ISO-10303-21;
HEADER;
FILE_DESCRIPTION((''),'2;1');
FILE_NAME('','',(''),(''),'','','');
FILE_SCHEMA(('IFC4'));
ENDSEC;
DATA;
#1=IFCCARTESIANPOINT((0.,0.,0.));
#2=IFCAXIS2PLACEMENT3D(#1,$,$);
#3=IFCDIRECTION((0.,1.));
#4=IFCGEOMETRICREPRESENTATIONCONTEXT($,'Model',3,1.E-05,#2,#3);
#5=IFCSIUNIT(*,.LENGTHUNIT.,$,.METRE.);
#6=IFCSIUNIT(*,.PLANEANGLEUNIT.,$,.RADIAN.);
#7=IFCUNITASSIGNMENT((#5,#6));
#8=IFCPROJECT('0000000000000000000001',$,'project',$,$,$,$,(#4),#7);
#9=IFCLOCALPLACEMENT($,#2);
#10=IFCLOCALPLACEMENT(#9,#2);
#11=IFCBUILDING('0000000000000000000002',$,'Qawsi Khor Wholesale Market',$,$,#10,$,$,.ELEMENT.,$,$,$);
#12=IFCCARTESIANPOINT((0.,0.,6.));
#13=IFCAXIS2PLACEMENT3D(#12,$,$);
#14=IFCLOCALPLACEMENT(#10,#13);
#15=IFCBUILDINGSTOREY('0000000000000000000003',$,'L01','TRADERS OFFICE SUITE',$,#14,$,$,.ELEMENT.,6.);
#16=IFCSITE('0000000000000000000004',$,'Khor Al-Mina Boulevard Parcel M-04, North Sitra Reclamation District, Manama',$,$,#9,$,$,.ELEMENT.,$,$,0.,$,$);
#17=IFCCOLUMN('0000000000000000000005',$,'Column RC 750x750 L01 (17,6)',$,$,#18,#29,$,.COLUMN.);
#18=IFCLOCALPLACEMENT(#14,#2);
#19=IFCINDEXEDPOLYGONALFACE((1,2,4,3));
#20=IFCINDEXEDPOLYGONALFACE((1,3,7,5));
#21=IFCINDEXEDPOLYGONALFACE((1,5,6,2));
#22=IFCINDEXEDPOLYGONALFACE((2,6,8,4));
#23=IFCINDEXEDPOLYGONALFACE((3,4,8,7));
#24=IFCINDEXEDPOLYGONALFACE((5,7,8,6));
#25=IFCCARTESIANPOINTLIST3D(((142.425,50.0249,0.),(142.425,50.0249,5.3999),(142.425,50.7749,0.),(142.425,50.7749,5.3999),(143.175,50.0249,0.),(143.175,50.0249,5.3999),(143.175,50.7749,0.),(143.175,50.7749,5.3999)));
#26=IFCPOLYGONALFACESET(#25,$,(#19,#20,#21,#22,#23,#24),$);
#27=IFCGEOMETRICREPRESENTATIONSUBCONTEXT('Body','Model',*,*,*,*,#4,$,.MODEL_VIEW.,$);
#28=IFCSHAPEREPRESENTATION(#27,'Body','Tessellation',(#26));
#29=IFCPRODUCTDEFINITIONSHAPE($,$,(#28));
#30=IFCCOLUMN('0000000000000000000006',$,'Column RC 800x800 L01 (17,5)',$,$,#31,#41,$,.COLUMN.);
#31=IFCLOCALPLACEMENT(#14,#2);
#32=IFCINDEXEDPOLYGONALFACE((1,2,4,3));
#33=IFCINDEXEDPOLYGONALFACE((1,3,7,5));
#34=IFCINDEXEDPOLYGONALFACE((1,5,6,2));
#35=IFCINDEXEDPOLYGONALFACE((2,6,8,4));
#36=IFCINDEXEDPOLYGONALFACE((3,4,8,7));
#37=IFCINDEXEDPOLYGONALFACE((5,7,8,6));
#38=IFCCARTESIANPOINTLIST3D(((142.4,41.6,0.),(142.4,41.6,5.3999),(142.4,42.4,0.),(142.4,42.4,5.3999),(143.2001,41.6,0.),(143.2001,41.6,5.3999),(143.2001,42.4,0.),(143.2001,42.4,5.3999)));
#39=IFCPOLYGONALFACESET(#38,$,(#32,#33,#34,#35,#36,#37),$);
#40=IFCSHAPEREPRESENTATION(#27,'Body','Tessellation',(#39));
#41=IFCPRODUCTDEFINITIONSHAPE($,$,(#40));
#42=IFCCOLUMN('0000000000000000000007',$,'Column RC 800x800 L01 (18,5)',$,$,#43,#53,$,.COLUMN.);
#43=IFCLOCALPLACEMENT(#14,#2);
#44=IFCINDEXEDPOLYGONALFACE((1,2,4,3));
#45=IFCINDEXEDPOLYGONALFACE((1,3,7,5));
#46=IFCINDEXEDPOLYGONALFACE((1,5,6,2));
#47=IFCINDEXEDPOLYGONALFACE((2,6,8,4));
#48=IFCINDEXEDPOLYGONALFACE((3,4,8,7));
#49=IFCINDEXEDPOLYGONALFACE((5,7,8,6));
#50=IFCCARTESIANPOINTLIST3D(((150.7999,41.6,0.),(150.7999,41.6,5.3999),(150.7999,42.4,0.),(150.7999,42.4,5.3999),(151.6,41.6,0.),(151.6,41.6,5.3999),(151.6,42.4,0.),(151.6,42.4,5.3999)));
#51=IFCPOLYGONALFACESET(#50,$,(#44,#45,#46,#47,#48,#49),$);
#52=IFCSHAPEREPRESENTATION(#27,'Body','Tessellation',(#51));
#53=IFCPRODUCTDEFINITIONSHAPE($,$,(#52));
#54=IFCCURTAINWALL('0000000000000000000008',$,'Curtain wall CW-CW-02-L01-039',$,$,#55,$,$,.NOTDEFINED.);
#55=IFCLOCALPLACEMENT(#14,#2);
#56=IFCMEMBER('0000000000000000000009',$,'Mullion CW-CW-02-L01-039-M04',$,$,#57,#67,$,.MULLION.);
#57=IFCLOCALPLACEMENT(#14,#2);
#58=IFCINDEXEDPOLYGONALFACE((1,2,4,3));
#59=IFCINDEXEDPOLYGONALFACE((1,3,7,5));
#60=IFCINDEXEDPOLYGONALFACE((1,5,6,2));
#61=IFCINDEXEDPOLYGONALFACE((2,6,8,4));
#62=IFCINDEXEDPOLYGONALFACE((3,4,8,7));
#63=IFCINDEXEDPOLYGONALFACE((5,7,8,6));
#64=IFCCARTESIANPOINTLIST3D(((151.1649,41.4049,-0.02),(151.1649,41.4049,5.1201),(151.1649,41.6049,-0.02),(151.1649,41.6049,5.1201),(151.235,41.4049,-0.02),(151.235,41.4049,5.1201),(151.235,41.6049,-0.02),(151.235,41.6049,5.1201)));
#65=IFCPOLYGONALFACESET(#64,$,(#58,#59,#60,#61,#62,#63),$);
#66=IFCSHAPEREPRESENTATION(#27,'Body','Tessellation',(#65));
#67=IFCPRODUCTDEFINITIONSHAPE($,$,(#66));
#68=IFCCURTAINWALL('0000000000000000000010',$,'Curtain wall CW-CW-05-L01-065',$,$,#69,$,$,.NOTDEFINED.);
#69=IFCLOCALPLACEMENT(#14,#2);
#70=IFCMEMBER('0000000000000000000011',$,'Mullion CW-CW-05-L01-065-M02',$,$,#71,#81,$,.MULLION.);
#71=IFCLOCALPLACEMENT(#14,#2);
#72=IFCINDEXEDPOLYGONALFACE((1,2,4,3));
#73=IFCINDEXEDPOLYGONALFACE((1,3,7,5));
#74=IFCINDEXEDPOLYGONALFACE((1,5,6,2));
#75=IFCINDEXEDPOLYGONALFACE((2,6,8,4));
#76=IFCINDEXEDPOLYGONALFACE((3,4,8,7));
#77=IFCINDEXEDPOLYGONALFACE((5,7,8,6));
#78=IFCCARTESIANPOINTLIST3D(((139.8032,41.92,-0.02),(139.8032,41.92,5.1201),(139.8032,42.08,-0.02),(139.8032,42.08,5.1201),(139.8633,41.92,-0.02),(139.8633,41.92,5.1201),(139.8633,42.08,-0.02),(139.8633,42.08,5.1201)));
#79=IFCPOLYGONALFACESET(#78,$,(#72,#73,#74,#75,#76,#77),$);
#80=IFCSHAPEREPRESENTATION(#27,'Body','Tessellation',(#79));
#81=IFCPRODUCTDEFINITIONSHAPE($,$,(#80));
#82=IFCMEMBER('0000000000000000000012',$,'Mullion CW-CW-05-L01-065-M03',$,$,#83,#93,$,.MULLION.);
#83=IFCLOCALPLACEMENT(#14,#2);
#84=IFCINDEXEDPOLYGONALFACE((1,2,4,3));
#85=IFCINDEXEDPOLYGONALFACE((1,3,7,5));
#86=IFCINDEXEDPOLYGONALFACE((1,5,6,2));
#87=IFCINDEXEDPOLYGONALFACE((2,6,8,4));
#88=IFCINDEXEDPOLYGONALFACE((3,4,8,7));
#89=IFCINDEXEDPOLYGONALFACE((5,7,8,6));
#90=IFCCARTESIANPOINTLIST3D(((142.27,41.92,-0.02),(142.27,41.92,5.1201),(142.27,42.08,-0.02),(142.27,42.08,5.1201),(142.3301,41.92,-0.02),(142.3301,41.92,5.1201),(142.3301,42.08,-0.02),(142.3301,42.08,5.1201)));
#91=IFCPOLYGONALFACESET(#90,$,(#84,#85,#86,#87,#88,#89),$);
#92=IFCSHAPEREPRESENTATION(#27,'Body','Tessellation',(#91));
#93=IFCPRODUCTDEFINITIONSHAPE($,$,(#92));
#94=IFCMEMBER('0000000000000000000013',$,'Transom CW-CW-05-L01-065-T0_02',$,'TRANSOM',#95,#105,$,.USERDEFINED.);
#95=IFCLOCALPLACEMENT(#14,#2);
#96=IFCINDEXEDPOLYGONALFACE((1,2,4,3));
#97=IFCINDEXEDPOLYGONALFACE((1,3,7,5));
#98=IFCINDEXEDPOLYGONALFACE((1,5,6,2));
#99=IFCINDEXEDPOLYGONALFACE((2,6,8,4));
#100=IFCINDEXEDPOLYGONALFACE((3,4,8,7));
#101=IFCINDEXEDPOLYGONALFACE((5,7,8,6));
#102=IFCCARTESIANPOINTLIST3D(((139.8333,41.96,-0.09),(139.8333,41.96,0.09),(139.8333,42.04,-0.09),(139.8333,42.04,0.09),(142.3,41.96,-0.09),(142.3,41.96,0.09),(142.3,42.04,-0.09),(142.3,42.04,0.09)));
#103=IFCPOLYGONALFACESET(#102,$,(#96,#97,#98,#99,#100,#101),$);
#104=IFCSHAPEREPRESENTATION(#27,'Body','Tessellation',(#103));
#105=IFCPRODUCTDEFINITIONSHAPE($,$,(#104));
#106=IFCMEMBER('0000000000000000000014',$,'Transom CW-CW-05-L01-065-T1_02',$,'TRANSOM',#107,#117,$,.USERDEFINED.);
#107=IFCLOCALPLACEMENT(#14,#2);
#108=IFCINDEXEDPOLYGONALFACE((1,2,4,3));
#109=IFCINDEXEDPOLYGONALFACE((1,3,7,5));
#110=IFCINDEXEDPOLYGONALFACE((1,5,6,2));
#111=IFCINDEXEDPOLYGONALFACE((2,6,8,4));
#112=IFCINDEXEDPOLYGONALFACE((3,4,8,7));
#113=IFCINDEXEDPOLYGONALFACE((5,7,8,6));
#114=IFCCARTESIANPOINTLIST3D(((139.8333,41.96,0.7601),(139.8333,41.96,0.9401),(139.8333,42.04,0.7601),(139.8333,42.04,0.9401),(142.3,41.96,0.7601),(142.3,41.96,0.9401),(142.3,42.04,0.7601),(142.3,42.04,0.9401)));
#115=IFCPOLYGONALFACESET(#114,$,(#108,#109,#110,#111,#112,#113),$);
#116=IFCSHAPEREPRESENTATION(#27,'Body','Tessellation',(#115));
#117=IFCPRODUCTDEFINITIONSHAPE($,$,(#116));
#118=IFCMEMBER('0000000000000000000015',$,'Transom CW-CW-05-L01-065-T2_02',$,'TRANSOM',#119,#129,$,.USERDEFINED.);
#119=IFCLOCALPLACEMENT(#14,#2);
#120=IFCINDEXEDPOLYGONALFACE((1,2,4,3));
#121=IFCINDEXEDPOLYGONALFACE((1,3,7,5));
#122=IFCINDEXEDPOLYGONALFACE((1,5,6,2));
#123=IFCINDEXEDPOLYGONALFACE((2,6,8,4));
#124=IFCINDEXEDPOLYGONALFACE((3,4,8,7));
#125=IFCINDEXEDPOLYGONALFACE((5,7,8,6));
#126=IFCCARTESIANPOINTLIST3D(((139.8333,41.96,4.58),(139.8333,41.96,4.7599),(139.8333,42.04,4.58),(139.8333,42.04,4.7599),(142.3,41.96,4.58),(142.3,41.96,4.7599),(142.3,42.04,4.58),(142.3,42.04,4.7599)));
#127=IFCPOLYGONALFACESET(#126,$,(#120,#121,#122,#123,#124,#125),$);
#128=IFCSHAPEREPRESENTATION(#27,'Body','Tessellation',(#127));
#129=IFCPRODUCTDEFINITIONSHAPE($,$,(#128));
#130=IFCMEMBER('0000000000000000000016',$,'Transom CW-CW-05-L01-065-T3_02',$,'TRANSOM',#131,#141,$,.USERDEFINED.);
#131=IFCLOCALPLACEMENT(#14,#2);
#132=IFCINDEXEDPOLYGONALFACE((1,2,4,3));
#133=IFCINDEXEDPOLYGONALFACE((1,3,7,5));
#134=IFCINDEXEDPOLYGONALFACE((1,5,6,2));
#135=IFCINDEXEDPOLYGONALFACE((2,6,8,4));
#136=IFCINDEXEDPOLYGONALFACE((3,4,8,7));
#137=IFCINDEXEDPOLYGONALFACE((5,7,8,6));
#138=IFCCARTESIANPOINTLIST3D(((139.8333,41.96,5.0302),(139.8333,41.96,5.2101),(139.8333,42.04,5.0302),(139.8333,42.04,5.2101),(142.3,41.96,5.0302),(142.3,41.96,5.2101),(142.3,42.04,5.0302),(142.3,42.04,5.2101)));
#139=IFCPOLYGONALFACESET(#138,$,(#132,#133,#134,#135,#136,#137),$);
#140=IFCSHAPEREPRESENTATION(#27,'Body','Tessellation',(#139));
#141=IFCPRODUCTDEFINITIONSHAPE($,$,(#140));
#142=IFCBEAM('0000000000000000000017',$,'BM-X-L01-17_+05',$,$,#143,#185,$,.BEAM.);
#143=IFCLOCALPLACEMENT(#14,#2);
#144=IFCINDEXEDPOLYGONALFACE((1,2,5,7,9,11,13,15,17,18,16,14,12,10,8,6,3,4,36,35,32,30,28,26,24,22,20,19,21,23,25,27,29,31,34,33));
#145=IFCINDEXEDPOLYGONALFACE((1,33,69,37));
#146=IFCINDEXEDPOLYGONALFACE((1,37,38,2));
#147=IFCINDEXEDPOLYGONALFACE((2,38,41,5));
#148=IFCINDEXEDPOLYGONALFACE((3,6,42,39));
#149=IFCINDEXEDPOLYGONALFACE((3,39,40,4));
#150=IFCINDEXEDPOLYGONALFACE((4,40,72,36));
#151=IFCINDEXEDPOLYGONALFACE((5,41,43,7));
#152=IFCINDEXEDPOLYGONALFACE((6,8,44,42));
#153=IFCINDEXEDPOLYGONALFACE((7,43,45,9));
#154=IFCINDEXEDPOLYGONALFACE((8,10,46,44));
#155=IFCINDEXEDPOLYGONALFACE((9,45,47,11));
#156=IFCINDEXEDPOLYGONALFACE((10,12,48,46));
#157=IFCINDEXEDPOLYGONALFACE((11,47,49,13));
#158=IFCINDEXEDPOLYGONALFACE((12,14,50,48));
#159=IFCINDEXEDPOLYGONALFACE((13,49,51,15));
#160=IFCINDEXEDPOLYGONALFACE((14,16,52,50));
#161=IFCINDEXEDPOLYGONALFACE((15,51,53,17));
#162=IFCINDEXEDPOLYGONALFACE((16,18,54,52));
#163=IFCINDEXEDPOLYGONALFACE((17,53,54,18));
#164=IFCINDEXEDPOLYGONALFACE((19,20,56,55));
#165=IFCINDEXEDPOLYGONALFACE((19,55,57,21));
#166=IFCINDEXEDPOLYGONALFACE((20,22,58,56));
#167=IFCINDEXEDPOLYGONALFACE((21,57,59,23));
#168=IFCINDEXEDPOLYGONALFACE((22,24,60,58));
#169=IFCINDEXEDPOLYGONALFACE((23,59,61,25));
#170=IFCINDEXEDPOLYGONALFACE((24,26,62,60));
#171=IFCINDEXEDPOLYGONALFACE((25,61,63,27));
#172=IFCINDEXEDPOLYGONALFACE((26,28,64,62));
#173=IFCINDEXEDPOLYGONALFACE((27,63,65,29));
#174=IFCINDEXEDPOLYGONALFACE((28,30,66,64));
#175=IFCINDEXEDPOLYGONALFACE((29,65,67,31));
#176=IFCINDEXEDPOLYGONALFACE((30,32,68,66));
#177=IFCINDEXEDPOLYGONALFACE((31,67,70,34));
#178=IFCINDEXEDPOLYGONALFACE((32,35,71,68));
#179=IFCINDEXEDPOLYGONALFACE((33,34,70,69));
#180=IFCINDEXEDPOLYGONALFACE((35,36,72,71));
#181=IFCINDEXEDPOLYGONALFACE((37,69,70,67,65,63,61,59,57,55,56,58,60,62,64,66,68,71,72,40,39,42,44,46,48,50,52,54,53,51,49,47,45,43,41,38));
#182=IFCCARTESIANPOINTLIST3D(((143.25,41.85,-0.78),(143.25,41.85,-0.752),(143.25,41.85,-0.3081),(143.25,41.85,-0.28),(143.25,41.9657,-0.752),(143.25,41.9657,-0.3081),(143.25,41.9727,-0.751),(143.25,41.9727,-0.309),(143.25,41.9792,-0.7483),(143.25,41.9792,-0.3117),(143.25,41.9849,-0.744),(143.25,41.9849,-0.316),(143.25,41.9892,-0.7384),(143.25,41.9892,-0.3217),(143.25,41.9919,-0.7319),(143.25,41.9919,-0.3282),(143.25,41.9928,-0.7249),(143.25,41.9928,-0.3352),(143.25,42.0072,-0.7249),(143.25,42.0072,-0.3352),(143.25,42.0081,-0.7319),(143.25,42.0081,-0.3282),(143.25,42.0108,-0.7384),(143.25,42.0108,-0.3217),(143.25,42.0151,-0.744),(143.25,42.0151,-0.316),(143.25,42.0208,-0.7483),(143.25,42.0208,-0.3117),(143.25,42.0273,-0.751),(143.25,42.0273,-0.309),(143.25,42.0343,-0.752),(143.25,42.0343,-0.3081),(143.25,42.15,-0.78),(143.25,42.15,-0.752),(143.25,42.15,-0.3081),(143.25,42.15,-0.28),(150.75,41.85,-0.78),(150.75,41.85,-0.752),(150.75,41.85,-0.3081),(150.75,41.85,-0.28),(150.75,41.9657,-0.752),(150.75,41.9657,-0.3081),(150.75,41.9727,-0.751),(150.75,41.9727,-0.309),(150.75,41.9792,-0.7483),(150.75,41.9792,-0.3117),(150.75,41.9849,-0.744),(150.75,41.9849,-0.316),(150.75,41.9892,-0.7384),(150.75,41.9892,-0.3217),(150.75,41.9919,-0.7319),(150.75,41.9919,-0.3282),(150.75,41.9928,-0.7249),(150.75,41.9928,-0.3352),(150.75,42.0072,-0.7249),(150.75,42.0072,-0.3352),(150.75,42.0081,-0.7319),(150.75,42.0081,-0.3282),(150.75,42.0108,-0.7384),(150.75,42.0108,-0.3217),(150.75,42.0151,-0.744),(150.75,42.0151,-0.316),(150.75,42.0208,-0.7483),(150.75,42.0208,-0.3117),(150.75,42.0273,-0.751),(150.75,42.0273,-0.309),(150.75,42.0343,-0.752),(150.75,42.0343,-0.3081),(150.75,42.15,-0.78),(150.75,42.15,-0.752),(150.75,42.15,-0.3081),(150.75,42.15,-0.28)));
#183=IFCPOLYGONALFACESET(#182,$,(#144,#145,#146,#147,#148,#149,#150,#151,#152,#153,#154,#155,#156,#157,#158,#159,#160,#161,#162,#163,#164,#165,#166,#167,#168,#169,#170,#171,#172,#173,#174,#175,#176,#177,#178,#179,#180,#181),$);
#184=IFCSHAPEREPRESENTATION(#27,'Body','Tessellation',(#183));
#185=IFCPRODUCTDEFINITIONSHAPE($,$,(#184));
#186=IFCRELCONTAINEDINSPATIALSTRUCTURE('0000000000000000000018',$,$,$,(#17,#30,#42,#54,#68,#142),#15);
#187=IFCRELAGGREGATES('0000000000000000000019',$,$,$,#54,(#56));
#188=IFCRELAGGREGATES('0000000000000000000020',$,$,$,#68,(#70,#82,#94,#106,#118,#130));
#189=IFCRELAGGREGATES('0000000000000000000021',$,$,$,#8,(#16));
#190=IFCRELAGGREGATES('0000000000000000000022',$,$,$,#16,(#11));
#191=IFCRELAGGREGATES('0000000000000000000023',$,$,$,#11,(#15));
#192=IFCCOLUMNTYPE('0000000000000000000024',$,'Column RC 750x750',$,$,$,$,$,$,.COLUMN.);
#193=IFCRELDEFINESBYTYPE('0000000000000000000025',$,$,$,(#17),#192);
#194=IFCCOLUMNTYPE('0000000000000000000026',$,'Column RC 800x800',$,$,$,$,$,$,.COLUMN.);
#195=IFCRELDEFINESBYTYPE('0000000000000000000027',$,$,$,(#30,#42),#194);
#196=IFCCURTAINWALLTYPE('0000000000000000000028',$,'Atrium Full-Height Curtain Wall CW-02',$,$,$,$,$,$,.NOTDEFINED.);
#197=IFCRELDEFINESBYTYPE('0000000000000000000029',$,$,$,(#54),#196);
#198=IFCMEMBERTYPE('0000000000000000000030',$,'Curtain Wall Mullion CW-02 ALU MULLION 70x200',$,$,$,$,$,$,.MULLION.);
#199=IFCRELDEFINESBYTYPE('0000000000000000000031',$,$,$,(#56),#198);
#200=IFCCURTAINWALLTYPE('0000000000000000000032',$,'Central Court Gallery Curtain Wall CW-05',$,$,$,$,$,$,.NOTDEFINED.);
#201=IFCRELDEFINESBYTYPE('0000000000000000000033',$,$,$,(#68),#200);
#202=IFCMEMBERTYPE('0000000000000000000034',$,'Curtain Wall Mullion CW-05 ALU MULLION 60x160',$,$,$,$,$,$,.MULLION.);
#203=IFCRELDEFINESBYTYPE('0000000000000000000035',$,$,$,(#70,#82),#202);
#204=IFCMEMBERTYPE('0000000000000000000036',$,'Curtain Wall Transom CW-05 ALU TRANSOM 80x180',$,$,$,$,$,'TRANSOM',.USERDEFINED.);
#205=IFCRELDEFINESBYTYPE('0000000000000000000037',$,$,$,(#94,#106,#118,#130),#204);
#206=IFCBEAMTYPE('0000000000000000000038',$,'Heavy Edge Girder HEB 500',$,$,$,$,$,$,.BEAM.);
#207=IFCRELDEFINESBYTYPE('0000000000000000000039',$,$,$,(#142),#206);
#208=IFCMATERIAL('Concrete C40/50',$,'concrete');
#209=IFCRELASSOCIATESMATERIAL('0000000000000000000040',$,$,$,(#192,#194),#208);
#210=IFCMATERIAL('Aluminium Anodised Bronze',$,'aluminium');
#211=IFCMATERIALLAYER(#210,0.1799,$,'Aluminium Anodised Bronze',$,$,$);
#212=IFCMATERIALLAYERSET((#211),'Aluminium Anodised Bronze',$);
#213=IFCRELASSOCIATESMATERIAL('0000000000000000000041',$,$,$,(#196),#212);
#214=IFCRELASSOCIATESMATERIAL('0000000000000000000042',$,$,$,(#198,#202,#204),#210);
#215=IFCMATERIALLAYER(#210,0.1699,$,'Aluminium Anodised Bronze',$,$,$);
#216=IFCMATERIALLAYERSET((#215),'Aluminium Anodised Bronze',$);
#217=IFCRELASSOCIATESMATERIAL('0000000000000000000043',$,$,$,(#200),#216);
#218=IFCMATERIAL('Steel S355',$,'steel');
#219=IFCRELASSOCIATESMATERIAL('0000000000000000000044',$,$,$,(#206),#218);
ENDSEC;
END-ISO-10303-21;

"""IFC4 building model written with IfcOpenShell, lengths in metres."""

from ifc_helpers import new_model, si_unit, direction, frame, origin, origin_2d, place, context, subcontext, project, spatial, rectangle, i_section, extrude, material, layer, layer_set, material_profile, profile_set, type_object, element, aggregate, save


model = new_model("IFC4")

# Units and contexts
model_context = context("Model", 3, precision=1e-05, world=origin(), true_north=direction((0.0, 1.0)))
body_context = subcontext(model_context, "Body", "Model", "MODEL_VIEW")
ifc_project = project(units=[si_unit("LENGTHUNIT", "METRE"), si_unit("PLANEANGLEUNIT", "RADIAN")], contexts=[model_context])

# Site, building, storey
site_placement = place(None, origin())
site = spatial("IfcSite", under=ifc_project, at=site_placement, Name="Khor Al-Mina Boulevard Parcel M-04, North Sitra Reclamation District, Manama", CompositionType="ELEMENT", RefElevation=0.0)
building_placement = place(site_placement, origin())
building = spatial("IfcBuilding", under=site, at=building_placement, Name="Qawsi Khor Wholesale Market", CompositionType="ELEMENT")
storey_placement = place(building_placement, frame((0.0, 0.0, 6.0)))
storey = spatial("IfcBuildingStorey", under=building, at=storey_placement, Name="L01", Description="TRADERS OFFICE SUITE", CompositionType="ELEMENT", Elevation=6.0)

# Columns
ifc_material_1 = material(Name="Concrete C40/50", Category="concrete")
ifc_material_profile_1 = material_profile(ifc_material_1, rectangle(XDim=0.75, YDim=0.75, at=origin_2d()), Name="RC 750x750")
ifc_profile_set_1 = profile_set([ifc_material_profile_1], Name="Concrete C40/50")
column_type_1 = type_object("IfcColumnType", Name="Column RC 750x750", PredefinedType="COLUMN", material=ifc_profile_set_1)
column_placement = place(storey_placement, frame((142.8, 50.3999, 0.0), z_axis=(0.0, 0.0, 1.0), x_axis=(1.0, 0.0, 0.0)))
element("IfcColumn", 1, at=column_placement, inside=storey, type_object=column_type_1, Name="Column RC 750x750 L01 (17,6)", PredefinedType="COLUMN", context=body_context, shape_type="SweptSolid", body=[
    extrude(rectangle(XDim=0.75, YDim=0.75, at=origin_2d()), origin(), (0.0, 0.0, 1.0), 5.3999),
])
ifc_material_profile_2 = material_profile(ifc_material_1, rectangle(XDim=0.8, YDim=0.8, at=origin_2d()), Name="RC 800x800")
ifc_profile_set_2 = profile_set([ifc_material_profile_2], Name="Concrete C40/50")
column_type_2 = type_object("IfcColumnType", Name="Column RC 800x800", PredefinedType="COLUMN", material=ifc_profile_set_2)
for number, where, z_axis, x_axis, name in (
    (2, (142.8, 42.0, 0.0), (0.0, 0.0, 1.0), (1.0, 0.0, 0.0), "Column RC 800x800 L01 (17,5)"),
    (3, (151.2, 42.0, 0.0), (0.0, 0.0, 1.0), (1.0, 0.0, 0.0), "Column RC 800x800 L01 (18,5)"),
):
    element("IfcColumn", number, at=place(storey_placement, frame(where, z_axis=z_axis, x_axis=x_axis)), inside=storey, type_object=column_type_2, Name=name, PredefinedType="COLUMN", context=body_context, shape_type="SweptSolid", body=[
        extrude(rectangle(XDim=0.8, YDim=0.8, at=origin_2d()), origin(), (0.0, 0.0, 1.0), 5.3999),
    ])

# Curtain wall, member
ifc_material_2 = material(Name="Aluminium Anodised Bronze", Category="aluminium")
ifc_layer_1 = layer(ifc_material_2, 0.1799, Name="Aluminium Anodised Bronze")
ifc_layer_set_1 = layer_set([ifc_layer_1], Name="Aluminium Anodised Bronze")
curtain_wall_type_1 = type_object("IfcCurtainWallType", Name="Atrium Full-Height Curtain Wall CW-02", PredefinedType="NOTDEFINED", material=ifc_layer_set_1)
curtain_wall_1_placement = place(storey_placement, origin())
curtain_wall_1 = element("IfcCurtainWall", 4, at=curtain_wall_1_placement, inside=storey, type_object=curtain_wall_type_1, Name="Curtain wall CW-CW-02-L01-039", PredefinedType="NOTDEFINED")
ifc_material_profile_3 = material_profile(ifc_material_2, rectangle(XDim=0.0701, YDim=0.2, at=origin_2d()), Name="ALU MULLION 70x200")
ifc_profile_set_3 = profile_set([ifc_material_profile_3], Name="Aluminium Anodised Bronze")
member_type_1 = type_object("IfcMemberType", Name="Curtain Wall Mullion CW-02 ALU MULLION 70x200", PredefinedType="MULLION", material=ifc_profile_set_3)
member_1_placement = place(storey_placement, frame((151.2, 41.5049, -0.02), z_axis=(0.0, 0.0, 1.0), x_axis=(1.0, 0.0, 0.0)))
member_1 = element("IfcMember", 5, at=member_1_placement, type_object=member_type_1, Name="Mullion CW-CW-02-L01-039-M04", PredefinedType="MULLION", context=body_context, shape_type="SweptSolid", body=[
    extrude(rectangle(XDim=0.0701, YDim=0.2, at=origin_2d()), origin(), (0.0, 0.0, 1.0), 5.1401),
])

# Curtain wall, members
ifc_layer_2 = layer(ifc_material_2, 0.1699, Name="Aluminium Anodised Bronze")
ifc_layer_set_2 = layer_set([ifc_layer_2], Name="Aluminium Anodised Bronze")
curtain_wall_type_2 = type_object("IfcCurtainWallType", Name="Central Court Gallery Curtain Wall CW-05", PredefinedType="NOTDEFINED", material=ifc_layer_set_2)
curtain_wall_2_placement = place(storey_placement, origin())
curtain_wall_2 = element("IfcCurtainWall", 6, at=curtain_wall_2_placement, inside=storey, type_object=curtain_wall_type_2, Name="Curtain wall CW-CW-05-L01-065", PredefinedType="NOTDEFINED")
ifc_material_profile_4 = material_profile(ifc_material_2, rectangle(XDim=0.0601, YDim=0.1599, at=origin_2d()), Name="ALU MULLION 60x160")
ifc_profile_set_4 = profile_set([ifc_material_profile_4], Name="Aluminium Anodised Bronze")
member_type_2 = type_object("IfcMemberType", Name="Curtain Wall Mullion CW-05 ALU MULLION 60x160", PredefinedType="MULLION", material=ifc_profile_set_4)
member_2_placement = place(storey_placement, frame((139.8333, 42.0, -0.02), z_axis=(0.0, 0.0, 1.0), x_axis=(1.0, 0.0, 0.0)))
member_2 = element("IfcMember", 7, at=member_2_placement, type_object=member_type_2, Name="Mullion CW-CW-05-L01-065-M02", PredefinedType="MULLION", context=body_context, shape_type="SweptSolid", body=[
    extrude(rectangle(XDim=0.0601, YDim=0.1599, at=origin_2d()), origin(), (0.0, 0.0, 1.0), 5.1401),
])
member_3_placement = place(storey_placement, frame((142.3, 42.0, -0.02), z_axis=(0.0, 0.0, 1.0), x_axis=(1.0, 0.0, 0.0)))
member_3 = element("IfcMember", 8, at=member_3_placement, type_object=member_type_2, Name="Mullion CW-CW-05-L01-065-M03", PredefinedType="MULLION", context=body_context, shape_type="SweptSolid", body=[
    extrude(rectangle(XDim=0.0601, YDim=0.1599, at=origin_2d()), origin(), (0.0, 0.0, 1.0), 5.1401),
])
ifc_material_profile_5 = material_profile(ifc_material_2, rectangle(XDim=0.0801, YDim=0.1799, at=origin_2d()), Name="ALU TRANSOM 80x180")
ifc_profile_set_5 = profile_set([ifc_material_profile_5], Name="Aluminium Anodised Bronze")
member_type_3 = type_object("IfcMemberType", Name="Curtain Wall Transom CW-05 ALU TRANSOM 80x180", ElementType="TRANSOM", PredefinedType="USERDEFINED", material=ifc_profile_set_5)
member_4_placement = place(storey_placement, frame((139.8333, 42.0, 0.0), z_axis=(1.0, 0.0, 0.0), x_axis=(0.0, 1.0, 0.0)))
member_4 = element("IfcMember", 9, at=member_4_placement, type_object=member_type_3, Name="Transom CW-CW-05-L01-065-T0_02", ObjectType="TRANSOM", PredefinedType="USERDEFINED", context=body_context, shape_type="SweptSolid", body=[
    extrude(rectangle(XDim=0.0801, YDim=0.1799, at=origin_2d()), origin(), (0.0, 0.0, 1.0), 2.4668),
])
member_5_placement = place(storey_placement, frame((139.8333, 42.0, 0.8501), z_axis=(1.0, 0.0, 0.0), x_axis=(0.0, 1.0, 0.0)))
member_5 = element("IfcMember", 10, at=member_5_placement, type_object=member_type_3, Name="Transom CW-CW-05-L01-065-T1_02", ObjectType="TRANSOM", PredefinedType="USERDEFINED", context=body_context, shape_type="SweptSolid", body=[
    extrude(rectangle(XDim=0.0801, YDim=0.1799, at=origin_2d()), origin(), (0.0, 0.0, 1.0), 2.4668),
])
member_6_placement = place(storey_placement, frame((139.8333, 42.0, 4.6699), z_axis=(1.0, 0.0, 0.0), x_axis=(0.0, 1.0, 0.0)))
member_6 = element("IfcMember", 11, at=member_6_placement, type_object=member_type_3, Name="Transom CW-CW-05-L01-065-T2_02", ObjectType="TRANSOM", PredefinedType="USERDEFINED", context=body_context, shape_type="SweptSolid", body=[
    extrude(rectangle(XDim=0.0801, YDim=0.1799, at=origin_2d()), origin(), (0.0, 0.0, 1.0), 2.4668),
])
member_7_placement = place(storey_placement, frame((139.8333, 42.0, 5.1201), z_axis=(1.0, 0.0, 0.0), x_axis=(0.0, 1.0, 0.0)))
member_7 = element("IfcMember", 12, at=member_7_placement, type_object=member_type_3, Name="Transom CW-CW-05-L01-065-T3_02", ObjectType="TRANSOM", PredefinedType="USERDEFINED", context=body_context, shape_type="SweptSolid", body=[
    extrude(rectangle(XDim=0.0801, YDim=0.1799, at=origin_2d()), origin(), (0.0, 0.0, 1.0), 2.4668),
])

# Beam
ifc_material_3 = material(Name="Steel S355", Category="steel")
ifc_material_profile_6 = material_profile(ifc_material_3, i_section(OverallWidth=0.3, OverallDepth=0.5, WebThickness=0.0144, FlangeThickness=0.0281, FilletRadius=0.0271, at=origin_2d()), Name="HEB 500")
ifc_profile_set_6 = profile_set([ifc_material_profile_6], Name="Steel S355")
beam_type_1 = type_object("IfcBeamType", Name="Heavy Edge Girder HEB 500", PredefinedType="BEAM", material=ifc_profile_set_6)
beam_1_placement = place(storey_placement, frame((143.25, 42.0, -0.53), z_axis=(1.0, 0.0, 0.0), x_axis=(0.0, 1.0, 0.0)))
element("IfcBeam", 13, at=beam_1_placement, inside=storey, type_object=beam_type_1, Name="BM-X-L01-17_+05", PredefinedType="BEAM", context=body_context, shape_type="SweptSolid", body=[
    extrude(i_section(OverallWidth=0.3, OverallDepth=0.5, WebThickness=0.0144, FlangeThickness=0.0281, FilletRadius=0.0271, at=origin_2d()), origin(), (0.0, 0.0, 1.0), 7.5),
])

aggregate(curtain_wall_1, [member_1])
aggregate(curtain_wall_2, [member_2, member_3, member_4, member_5, member_6, member_7])

save(model, "model.ifc")
